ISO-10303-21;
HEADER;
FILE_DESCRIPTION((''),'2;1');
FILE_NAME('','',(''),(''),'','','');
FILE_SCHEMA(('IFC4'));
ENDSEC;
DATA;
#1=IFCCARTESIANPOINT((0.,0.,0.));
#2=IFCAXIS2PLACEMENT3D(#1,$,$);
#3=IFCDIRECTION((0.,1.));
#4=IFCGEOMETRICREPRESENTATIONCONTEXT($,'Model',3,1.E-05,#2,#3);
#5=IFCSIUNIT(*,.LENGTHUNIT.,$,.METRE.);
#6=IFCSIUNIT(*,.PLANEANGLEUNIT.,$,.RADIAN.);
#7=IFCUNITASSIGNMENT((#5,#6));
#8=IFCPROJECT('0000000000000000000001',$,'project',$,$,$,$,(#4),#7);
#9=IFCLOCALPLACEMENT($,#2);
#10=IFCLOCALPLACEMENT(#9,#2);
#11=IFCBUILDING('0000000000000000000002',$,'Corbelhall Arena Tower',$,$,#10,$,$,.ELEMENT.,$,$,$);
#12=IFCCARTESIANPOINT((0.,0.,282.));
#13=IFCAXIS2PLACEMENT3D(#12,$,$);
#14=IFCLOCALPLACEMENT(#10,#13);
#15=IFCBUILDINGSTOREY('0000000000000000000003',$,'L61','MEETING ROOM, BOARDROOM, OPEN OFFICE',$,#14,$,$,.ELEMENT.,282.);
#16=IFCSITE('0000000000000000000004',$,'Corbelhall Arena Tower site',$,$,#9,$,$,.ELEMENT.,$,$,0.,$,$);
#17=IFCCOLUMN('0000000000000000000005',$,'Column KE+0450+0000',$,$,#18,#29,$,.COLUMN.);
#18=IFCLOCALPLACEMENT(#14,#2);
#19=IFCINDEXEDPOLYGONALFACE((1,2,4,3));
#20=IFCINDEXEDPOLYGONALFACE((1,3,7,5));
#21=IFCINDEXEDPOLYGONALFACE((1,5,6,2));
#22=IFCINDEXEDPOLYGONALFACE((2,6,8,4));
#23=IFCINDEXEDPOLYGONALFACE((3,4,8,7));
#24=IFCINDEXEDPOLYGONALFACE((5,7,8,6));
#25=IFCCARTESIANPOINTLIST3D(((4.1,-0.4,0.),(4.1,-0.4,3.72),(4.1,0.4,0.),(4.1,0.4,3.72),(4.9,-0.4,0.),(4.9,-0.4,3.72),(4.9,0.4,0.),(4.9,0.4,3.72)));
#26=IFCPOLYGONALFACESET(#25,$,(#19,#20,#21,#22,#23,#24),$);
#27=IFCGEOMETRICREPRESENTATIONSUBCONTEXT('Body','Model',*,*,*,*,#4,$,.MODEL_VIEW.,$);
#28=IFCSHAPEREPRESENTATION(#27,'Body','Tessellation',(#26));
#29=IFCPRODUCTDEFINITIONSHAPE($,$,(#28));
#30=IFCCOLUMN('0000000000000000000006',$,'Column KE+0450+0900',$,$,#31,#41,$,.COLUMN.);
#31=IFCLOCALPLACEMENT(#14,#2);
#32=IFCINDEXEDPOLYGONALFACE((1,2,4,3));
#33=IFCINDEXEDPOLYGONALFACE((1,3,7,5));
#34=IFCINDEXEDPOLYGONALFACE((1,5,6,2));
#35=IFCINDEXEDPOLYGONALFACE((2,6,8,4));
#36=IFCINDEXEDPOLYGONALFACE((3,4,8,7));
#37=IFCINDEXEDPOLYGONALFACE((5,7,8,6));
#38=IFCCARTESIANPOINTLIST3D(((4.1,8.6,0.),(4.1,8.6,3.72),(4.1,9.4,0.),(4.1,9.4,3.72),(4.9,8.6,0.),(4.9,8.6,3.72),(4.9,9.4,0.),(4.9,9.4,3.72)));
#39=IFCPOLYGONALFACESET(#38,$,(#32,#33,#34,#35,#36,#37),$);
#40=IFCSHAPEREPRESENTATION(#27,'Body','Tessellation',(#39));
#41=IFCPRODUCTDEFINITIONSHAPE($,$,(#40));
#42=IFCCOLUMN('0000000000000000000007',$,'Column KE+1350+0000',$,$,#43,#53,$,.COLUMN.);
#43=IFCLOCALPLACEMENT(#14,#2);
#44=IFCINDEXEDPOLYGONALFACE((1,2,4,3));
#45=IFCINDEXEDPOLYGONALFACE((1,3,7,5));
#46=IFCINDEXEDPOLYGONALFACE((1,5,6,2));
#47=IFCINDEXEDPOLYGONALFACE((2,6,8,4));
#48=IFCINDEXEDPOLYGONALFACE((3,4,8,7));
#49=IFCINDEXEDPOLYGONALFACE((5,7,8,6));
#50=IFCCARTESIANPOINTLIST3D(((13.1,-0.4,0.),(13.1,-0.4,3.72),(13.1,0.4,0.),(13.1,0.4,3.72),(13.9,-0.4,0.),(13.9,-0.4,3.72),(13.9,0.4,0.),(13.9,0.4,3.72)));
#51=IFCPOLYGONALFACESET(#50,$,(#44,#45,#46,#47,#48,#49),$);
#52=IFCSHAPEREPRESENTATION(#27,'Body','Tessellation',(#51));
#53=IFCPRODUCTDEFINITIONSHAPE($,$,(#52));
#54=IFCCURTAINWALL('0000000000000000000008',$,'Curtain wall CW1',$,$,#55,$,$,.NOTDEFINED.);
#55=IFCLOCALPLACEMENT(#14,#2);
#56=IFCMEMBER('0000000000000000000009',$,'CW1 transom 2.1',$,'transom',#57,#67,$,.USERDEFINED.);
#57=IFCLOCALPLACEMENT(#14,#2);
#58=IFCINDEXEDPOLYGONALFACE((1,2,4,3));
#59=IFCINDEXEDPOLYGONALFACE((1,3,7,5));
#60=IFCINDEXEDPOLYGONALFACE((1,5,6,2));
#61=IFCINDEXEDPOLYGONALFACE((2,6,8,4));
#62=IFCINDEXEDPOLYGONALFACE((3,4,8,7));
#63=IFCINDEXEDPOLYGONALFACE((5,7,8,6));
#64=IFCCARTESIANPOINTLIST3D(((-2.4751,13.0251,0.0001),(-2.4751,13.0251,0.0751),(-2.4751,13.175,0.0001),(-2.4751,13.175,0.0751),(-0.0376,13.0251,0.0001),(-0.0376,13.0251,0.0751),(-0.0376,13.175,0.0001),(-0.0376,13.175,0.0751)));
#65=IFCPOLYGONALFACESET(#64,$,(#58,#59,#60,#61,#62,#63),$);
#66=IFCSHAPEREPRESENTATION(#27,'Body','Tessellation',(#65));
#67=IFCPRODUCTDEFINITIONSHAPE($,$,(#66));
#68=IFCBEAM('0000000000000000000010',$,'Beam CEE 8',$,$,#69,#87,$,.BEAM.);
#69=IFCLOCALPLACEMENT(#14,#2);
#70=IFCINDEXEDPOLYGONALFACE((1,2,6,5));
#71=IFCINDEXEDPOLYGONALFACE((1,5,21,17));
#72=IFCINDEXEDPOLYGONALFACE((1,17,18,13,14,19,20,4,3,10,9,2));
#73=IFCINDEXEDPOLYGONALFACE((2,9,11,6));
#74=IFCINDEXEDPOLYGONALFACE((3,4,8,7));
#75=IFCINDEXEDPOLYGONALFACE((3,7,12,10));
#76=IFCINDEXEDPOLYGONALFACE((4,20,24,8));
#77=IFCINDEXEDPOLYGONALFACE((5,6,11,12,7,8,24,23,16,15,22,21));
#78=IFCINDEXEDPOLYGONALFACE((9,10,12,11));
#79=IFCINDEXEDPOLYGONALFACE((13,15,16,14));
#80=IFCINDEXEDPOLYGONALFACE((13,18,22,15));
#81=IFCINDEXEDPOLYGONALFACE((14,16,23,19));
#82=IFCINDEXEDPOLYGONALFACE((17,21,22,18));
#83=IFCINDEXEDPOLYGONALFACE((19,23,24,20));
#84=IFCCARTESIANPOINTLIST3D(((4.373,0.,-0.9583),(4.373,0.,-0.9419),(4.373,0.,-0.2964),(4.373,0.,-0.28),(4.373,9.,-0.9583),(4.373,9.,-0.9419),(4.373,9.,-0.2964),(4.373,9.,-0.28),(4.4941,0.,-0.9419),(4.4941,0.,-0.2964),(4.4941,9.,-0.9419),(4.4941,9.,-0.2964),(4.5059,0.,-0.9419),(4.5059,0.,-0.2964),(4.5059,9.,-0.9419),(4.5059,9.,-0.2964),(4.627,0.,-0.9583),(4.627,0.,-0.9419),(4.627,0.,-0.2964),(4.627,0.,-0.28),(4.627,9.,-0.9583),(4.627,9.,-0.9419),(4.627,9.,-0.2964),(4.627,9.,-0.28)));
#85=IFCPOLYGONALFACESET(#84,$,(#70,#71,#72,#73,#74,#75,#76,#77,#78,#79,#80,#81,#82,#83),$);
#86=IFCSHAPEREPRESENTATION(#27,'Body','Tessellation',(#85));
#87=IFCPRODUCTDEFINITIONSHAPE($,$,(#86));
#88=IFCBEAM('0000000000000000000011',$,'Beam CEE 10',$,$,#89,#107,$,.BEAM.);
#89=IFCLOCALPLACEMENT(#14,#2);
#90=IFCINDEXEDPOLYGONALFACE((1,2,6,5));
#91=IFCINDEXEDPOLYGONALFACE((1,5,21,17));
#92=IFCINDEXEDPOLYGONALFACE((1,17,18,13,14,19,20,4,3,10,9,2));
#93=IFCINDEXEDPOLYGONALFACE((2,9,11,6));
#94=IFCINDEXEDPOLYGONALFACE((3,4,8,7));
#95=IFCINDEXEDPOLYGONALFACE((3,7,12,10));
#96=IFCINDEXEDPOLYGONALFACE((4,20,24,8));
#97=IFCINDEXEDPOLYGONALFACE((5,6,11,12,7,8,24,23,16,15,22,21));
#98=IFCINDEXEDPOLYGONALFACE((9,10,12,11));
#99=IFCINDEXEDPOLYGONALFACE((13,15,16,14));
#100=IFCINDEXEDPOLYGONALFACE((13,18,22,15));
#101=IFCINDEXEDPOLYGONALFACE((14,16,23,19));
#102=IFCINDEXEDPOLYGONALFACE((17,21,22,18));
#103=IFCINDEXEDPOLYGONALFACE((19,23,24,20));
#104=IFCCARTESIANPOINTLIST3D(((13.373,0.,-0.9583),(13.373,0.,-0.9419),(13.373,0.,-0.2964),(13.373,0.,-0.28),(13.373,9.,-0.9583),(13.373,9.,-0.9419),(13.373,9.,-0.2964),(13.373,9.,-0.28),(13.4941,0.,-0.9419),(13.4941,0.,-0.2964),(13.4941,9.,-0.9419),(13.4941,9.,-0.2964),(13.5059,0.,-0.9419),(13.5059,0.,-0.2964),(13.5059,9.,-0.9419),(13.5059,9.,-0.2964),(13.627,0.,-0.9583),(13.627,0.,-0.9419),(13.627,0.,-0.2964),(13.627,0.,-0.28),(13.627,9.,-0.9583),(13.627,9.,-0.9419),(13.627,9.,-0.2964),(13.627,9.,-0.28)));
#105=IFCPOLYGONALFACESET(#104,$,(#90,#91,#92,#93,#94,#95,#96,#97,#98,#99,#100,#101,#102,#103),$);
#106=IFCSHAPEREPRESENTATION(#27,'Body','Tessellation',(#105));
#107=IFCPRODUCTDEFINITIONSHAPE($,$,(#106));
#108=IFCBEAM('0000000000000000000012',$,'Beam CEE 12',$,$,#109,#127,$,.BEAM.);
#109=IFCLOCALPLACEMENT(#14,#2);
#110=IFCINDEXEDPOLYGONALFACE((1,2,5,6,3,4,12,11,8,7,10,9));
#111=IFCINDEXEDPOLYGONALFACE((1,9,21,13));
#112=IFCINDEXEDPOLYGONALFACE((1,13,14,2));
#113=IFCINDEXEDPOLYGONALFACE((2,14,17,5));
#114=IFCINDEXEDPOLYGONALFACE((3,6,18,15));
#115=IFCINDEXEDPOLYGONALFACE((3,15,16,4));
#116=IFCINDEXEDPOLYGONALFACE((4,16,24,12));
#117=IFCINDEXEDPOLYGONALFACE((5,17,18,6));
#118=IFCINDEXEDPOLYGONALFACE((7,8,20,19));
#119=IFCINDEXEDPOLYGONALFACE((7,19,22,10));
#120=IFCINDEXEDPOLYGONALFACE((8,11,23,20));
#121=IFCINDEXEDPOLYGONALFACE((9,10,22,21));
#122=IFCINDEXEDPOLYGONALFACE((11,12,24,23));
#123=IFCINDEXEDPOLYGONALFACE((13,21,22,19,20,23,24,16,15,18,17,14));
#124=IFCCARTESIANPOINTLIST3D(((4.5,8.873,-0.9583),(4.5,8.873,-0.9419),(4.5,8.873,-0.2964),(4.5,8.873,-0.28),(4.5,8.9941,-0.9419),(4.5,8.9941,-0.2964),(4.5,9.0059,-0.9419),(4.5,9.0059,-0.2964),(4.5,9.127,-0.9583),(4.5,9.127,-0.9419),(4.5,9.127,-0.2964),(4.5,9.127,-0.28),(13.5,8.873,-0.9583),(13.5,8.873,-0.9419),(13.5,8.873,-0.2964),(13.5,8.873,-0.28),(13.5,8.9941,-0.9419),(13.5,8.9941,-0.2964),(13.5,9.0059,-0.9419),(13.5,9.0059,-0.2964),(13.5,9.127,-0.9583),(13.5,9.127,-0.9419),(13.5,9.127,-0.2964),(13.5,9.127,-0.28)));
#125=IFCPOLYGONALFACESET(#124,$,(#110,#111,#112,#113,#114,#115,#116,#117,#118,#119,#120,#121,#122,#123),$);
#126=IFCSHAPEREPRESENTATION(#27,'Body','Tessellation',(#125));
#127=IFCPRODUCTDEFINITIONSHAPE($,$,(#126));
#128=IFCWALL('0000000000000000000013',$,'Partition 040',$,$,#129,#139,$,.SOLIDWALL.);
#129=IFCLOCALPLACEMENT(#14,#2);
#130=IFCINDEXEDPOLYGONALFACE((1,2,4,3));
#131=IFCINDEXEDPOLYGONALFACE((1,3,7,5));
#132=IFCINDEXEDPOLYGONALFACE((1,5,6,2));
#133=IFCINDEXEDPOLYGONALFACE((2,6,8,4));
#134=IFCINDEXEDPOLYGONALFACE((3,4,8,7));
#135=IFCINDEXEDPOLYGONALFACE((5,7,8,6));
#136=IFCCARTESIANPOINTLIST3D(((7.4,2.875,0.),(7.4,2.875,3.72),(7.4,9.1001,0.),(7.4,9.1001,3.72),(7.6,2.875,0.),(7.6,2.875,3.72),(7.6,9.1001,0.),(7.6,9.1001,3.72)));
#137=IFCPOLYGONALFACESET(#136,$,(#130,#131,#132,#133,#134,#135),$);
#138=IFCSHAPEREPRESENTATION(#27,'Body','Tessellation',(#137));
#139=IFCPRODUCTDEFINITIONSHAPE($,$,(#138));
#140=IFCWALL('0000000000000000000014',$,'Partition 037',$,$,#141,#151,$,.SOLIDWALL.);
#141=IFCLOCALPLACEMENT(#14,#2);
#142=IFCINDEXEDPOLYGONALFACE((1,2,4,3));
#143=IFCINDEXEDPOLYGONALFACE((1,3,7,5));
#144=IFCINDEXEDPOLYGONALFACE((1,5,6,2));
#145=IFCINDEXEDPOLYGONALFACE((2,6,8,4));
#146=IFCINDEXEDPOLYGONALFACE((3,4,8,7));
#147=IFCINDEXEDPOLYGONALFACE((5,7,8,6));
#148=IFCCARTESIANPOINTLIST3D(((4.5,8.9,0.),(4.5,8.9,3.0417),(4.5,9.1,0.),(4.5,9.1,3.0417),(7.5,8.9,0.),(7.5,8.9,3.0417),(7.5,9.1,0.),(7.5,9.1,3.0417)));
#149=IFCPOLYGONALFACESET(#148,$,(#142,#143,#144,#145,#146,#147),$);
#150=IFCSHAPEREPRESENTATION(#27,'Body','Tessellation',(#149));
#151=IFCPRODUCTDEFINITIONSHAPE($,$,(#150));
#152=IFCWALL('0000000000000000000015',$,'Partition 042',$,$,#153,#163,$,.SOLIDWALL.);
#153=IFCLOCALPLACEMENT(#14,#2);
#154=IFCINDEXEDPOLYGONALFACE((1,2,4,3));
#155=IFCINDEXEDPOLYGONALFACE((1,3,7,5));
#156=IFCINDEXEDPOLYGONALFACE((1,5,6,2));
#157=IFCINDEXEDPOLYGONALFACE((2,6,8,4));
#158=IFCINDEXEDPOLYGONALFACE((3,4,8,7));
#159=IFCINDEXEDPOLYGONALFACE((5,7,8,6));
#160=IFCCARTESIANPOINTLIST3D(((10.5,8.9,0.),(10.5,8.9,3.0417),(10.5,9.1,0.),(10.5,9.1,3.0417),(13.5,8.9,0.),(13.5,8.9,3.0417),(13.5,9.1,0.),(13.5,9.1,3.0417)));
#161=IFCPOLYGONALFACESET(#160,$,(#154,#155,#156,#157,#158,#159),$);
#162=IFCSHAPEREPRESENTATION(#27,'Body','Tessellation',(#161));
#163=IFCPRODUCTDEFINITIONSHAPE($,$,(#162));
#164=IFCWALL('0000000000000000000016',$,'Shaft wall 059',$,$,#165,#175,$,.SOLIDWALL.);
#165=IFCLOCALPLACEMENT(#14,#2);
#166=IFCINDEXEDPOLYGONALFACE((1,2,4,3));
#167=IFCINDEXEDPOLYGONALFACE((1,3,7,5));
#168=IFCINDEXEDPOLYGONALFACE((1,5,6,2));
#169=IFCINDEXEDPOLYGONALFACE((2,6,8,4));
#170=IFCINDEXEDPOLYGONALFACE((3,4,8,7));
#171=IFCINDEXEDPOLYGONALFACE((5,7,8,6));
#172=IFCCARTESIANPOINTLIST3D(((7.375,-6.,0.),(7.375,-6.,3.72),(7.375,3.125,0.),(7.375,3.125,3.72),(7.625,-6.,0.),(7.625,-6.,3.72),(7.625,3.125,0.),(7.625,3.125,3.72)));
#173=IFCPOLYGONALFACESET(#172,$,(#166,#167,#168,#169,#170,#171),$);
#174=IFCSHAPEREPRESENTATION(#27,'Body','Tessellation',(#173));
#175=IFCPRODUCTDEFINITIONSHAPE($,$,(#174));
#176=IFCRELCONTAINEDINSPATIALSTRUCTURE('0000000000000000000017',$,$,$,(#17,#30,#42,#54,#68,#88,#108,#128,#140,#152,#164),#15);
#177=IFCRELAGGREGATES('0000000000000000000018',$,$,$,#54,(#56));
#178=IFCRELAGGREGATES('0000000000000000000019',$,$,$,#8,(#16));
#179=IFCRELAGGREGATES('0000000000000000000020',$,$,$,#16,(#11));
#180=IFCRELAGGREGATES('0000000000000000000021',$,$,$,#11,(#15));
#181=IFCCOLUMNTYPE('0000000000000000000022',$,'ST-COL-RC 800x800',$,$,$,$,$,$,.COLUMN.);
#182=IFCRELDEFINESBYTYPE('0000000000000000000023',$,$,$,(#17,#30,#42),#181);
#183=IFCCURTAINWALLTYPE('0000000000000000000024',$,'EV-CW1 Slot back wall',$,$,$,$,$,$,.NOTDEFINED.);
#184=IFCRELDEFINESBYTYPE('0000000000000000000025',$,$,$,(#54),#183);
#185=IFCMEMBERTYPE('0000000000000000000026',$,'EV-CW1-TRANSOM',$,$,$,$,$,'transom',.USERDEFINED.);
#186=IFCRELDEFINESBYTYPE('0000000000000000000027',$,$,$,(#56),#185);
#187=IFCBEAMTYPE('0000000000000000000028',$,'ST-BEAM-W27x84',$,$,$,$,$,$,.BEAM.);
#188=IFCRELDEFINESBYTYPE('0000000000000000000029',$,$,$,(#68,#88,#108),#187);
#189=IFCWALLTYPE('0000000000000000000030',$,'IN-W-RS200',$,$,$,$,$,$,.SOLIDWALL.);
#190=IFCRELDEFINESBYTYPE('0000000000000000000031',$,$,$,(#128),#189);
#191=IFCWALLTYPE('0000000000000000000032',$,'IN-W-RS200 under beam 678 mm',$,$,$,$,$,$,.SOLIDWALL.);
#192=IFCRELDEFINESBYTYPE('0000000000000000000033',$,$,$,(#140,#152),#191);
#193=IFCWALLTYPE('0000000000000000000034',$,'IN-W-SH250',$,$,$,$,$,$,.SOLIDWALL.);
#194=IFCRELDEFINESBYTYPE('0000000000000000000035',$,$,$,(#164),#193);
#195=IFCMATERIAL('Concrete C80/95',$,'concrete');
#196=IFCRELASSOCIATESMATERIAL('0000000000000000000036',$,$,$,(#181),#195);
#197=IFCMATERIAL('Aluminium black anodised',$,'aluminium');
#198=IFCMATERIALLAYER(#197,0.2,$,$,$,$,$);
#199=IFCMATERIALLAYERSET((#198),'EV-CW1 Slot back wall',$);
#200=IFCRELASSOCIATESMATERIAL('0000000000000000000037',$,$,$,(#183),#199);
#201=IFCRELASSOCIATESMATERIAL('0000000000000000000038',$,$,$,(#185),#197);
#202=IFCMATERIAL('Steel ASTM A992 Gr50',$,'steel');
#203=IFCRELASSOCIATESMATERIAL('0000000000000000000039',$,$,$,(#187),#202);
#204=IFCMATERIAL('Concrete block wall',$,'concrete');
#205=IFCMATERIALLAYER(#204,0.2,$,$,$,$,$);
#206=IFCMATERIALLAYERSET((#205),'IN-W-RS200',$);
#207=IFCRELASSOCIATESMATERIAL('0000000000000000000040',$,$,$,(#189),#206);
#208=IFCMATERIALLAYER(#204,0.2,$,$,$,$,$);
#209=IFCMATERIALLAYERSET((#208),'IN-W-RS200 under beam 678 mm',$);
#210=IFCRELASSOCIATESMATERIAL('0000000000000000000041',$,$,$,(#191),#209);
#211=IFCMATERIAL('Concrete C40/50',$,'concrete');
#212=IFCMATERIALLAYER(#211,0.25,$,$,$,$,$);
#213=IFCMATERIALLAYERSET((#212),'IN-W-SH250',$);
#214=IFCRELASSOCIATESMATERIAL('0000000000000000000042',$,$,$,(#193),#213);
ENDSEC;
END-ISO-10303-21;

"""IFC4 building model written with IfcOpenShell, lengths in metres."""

from ifc_helpers import new_model, si_unit, direction, frame, frame_2d, origin, origin_2d, place, context, subcontext, project, spatial, rectangle, i_section, extrude, material, layer, layer_set, material_profile, profile_set, type_object, element, aggregate, save


model = new_model("IFC4")

# Units and contexts
model_context = context("Model", 3, precision=1e-05, world=origin(), true_north=direction((0.0, 1.0)))
body_context = subcontext(model_context, "Body", "Model", "MODEL_VIEW")
ifc_project = project(units=[si_unit("LENGTHUNIT", "METRE"), si_unit("PLANEANGLEUNIT", "RADIAN")], contexts=[model_context])

# Site, building, storey
site_placement = place(None, origin())
site = spatial("IfcSite", under=ifc_project, at=site_placement, Name="Corbelhall Arena Tower site", CompositionType="ELEMENT", RefElevation=0.0)
building_placement = place(site_placement, origin())
building = spatial("IfcBuilding", under=site, at=building_placement, Name="Corbelhall Arena Tower", CompositionType="ELEMENT")
storey_placement = place(building_placement, frame((0.0, 0.0, 282.0)))
storey = spatial("IfcBuildingStorey", under=building, at=storey_placement, Name="L61", Description="MEETING ROOM, BOARDROOM, OPEN OFFICE", CompositionType="ELEMENT", Elevation=282.0)

# Columns
ifc_material_1 = material(Name="Concrete C80/95", Category="concrete")
ifc_material_profile_1 = material_profile(ifc_material_1, rectangle(XDim=0.8, YDim=0.8, at=origin_2d()))
ifc_profile_set_1 = profile_set([ifc_material_profile_1], Name="Concrete C80/95")
column_type = type_object("IfcColumnType", Name="ST-COL-RC 800x800", PredefinedType="COLUMN", material=ifc_profile_set_1)
for number, where, z_axis, x_axis, name in (
    (1, (4.5, 0.0, 0.0), (0.0, 0.0, 1.0), (1.0, 0.0, 0.0), "Column KE+0450+0000"),
    (2, (4.5, 9.0, 0.0), (0.0, 0.0, 1.0), (1.0, 0.0, 0.0), "Column KE+0450+0900"),
    (3, (13.5, 0.0, 0.0), (0.0, 0.0, 1.0), (1.0, 0.0, 0.0), "Column KE+1350+0000"),
):
    element("IfcColumn", number, at=place(storey_placement, frame(where, z_axis=z_axis, x_axis=x_axis)), inside=storey, type_object=column_type, Name=name, PredefinedType="COLUMN", context=body_context, shape_type="SweptSolid", body=[
        extrude(rectangle(XDim=0.8, YDim=0.8, at=origin_2d()), origin(), (0.0, 0.0, 1.0), 3.72),
    ])

# Curtain wall, member
ifc_material_2 = material(Name="Aluminium black anodised", Category="aluminium")
ifc_layer_1 = layer(ifc_material_2, 0.2)
ifc_layer_set_1 = layer_set([ifc_layer_1], Name="EV-CW1 Slot back wall")
curtain_wall_type = type_object("IfcCurtainWallType", Name="EV-CW1 Slot back wall", PredefinedType="NOTDEFINED", material=ifc_layer_set_1)
curtain_wall_placement = place(storey_placement, origin())
curtain_wall = element("IfcCurtainWall", 4, at=curtain_wall_placement, inside=storey, type_object=curtain_wall_type, Name="Curtain wall CW1", PredefinedType="NOTDEFINED")
ifc_material_profile_2 = material_profile(ifc_material_2, rectangle(XDim=0.1499, YDim=0.075, at=origin_2d()))
ifc_profile_set_2 = profile_set([ifc_material_profile_2], Name="Aluminium black anodised")
member_type = type_object("IfcMemberType", Name="EV-CW1-TRANSOM", ElementType="transom", PredefinedType="USERDEFINED", material=ifc_profile_set_2)
member_placement = place(storey_placement, frame((-0.0376, 13.1001, 0.0376), z_axis=(-1.0, 0.0, 0.0), x_axis=(0.0, -1.0, 0.0)))
member = element("IfcMember", 5, at=member_placement, type_object=member_type, Name="CW1 transom 2.1", ObjectType="transom", PredefinedType="USERDEFINED", context=body_context, shape_type="SweptSolid", body=[
    extrude(rectangle(XDim=0.1499, YDim=0.075, at=origin_2d()), origin(), (0.0, 0.0, 1.0), 2.4375),
])
aggregate(curtain_wall, [member])

# Beams
ifc_material_3 = material(Name="Steel ASTM A992 Gr50", Category="steel")
ifc_material_profile_3 = material_profile(ifc_material_3, i_section(OverallWidth=0.2539, OverallDepth=0.6782, WebThickness=0.0117, FlangeThickness=0.0164, at=origin_2d()))
ifc_profile_set_3 = profile_set([ifc_material_profile_3], Name="Steel ASTM A992 Gr50")
beam_type = type_object("IfcBeamType", Name="ST-BEAM-W27x84", PredefinedType="BEAM", material=ifc_profile_set_3)
for number, where, z_axis, x_axis, name in (
    (6, (4.5, 0.0, -0.6191), (0.0, 1.0, 0.0), (-1.0, 0.0, 0.0), "Beam CEE 8"),
    (7, (13.5, 0.0, -0.6191), (0.0, 1.0, 0.0), (-1.0, 0.0, 0.0), "Beam CEE 10"),
    (8, (4.5, 9.0, -0.6191), (1.0, 0.0, 0.0), (0.0, 1.0, 0.0), "Beam CEE 12"),
):
    element("IfcBeam", number, at=place(storey_placement, frame(where, z_axis=z_axis, x_axis=x_axis)), inside=storey, type_object=beam_type, Name=name, PredefinedType="BEAM", context=body_context, shape_type="SweptSolid", body=[
        extrude(i_section(OverallWidth=0.2539, OverallDepth=0.6782, WebThickness=0.0117, FlangeThickness=0.0164, at=origin_2d()), origin(), (0.0, 0.0, 1.0), 9.0),
    ])

# Wall
ifc_material_4 = material(Name="Concrete block wall", Category="concrete")
ifc_layer_2 = layer(ifc_material_4, 0.2)
ifc_layer_set_2 = layer_set([ifc_layer_2], Name="IN-W-RS200")
wall_type_1 = type_object("IfcWallType", Name="IN-W-RS200", PredefinedType="SOLIDWALL", material=ifc_layer_set_2)
wall_1_placement = place(storey_placement, frame((7.5, 9.1001, 0.0), z_axis=(0.0, 0.0, 1.0), x_axis=(0.0, -1.0, 0.0)))
element("IfcWall", 9, at=wall_1_placement, inside=storey, type_object=wall_type_1, Name="Partition 040", PredefinedType="SOLIDWALL", context=body_context, shape_type="SweptSolid", body=[
    extrude(rectangle(XDim=6.2251, YDim=0.2, at=frame_2d((3.1125, 0.0))), origin(), (0.0, 0.0, 1.0), 3.72),
])

# Shared definitions
ifc_layer_3 = layer(ifc_material_4, 0.2)
ifc_layer_set_3 = layer_set([ifc_layer_3], Name="IN-W-RS200 under beam 678 mm")
wall_type_2 = type_object("IfcWallType", Name="IN-W-RS200 under beam 678 mm", PredefinedType="SOLIDWALL", material=ifc_layer_set_3)

# Walls
for number, where, z_axis, x_axis, name in (
    (10, (4.5, 9.0, 0.0), (0.0, 0.0, 1.0), (1.0, 0.0, 0.0), "Partition 037"),
    (11, (10.5, 9.0, 0.0), (0.0, 0.0, 1.0), (1.0, 0.0, 0.0), "Partition 042"),
):
    element("IfcWall", number, at=place(storey_placement, frame(where, z_axis=z_axis, x_axis=x_axis)), inside=storey, type_object=wall_type_2, Name=name, PredefinedType="SOLIDWALL", context=body_context, shape_type="SweptSolid", body=[
        extrude(rectangle(XDim=3.0, YDim=0.2, at=frame_2d((1.5, 0.0))), origin(), (0.0, 0.0, 1.0), 3.0417),
    ])
ifc_material_5 = material(Name="Concrete C40/50", Category="concrete")
ifc_layer_4 = layer(ifc_material_5, 0.25)
ifc_layer_set_4 = layer_set([ifc_layer_4], Name="IN-W-SH250")
wall_type_3 = type_object("IfcWallType", Name="IN-W-SH250", PredefinedType="SOLIDWALL", material=ifc_layer_set_4)
wall_2_placement = place(storey_placement, frame((7.5, 3.125, 0.0), z_axis=(0.0, 0.0, 1.0), x_axis=(0.0, -1.0, 0.0)))
element("IfcWall", 12, at=wall_2_placement, inside=storey, type_object=wall_type_3, Name="Shaft wall 059", PredefinedType="SOLIDWALL", context=body_context, shape_type="SweptSolid", body=[
    extrude(rectangle(XDim=9.125, YDim=0.25, at=frame_2d((4.5625, 0.0))), origin(), (0.0, 0.0, 1.0), 3.72),
])

save(model, "model.ifc")
